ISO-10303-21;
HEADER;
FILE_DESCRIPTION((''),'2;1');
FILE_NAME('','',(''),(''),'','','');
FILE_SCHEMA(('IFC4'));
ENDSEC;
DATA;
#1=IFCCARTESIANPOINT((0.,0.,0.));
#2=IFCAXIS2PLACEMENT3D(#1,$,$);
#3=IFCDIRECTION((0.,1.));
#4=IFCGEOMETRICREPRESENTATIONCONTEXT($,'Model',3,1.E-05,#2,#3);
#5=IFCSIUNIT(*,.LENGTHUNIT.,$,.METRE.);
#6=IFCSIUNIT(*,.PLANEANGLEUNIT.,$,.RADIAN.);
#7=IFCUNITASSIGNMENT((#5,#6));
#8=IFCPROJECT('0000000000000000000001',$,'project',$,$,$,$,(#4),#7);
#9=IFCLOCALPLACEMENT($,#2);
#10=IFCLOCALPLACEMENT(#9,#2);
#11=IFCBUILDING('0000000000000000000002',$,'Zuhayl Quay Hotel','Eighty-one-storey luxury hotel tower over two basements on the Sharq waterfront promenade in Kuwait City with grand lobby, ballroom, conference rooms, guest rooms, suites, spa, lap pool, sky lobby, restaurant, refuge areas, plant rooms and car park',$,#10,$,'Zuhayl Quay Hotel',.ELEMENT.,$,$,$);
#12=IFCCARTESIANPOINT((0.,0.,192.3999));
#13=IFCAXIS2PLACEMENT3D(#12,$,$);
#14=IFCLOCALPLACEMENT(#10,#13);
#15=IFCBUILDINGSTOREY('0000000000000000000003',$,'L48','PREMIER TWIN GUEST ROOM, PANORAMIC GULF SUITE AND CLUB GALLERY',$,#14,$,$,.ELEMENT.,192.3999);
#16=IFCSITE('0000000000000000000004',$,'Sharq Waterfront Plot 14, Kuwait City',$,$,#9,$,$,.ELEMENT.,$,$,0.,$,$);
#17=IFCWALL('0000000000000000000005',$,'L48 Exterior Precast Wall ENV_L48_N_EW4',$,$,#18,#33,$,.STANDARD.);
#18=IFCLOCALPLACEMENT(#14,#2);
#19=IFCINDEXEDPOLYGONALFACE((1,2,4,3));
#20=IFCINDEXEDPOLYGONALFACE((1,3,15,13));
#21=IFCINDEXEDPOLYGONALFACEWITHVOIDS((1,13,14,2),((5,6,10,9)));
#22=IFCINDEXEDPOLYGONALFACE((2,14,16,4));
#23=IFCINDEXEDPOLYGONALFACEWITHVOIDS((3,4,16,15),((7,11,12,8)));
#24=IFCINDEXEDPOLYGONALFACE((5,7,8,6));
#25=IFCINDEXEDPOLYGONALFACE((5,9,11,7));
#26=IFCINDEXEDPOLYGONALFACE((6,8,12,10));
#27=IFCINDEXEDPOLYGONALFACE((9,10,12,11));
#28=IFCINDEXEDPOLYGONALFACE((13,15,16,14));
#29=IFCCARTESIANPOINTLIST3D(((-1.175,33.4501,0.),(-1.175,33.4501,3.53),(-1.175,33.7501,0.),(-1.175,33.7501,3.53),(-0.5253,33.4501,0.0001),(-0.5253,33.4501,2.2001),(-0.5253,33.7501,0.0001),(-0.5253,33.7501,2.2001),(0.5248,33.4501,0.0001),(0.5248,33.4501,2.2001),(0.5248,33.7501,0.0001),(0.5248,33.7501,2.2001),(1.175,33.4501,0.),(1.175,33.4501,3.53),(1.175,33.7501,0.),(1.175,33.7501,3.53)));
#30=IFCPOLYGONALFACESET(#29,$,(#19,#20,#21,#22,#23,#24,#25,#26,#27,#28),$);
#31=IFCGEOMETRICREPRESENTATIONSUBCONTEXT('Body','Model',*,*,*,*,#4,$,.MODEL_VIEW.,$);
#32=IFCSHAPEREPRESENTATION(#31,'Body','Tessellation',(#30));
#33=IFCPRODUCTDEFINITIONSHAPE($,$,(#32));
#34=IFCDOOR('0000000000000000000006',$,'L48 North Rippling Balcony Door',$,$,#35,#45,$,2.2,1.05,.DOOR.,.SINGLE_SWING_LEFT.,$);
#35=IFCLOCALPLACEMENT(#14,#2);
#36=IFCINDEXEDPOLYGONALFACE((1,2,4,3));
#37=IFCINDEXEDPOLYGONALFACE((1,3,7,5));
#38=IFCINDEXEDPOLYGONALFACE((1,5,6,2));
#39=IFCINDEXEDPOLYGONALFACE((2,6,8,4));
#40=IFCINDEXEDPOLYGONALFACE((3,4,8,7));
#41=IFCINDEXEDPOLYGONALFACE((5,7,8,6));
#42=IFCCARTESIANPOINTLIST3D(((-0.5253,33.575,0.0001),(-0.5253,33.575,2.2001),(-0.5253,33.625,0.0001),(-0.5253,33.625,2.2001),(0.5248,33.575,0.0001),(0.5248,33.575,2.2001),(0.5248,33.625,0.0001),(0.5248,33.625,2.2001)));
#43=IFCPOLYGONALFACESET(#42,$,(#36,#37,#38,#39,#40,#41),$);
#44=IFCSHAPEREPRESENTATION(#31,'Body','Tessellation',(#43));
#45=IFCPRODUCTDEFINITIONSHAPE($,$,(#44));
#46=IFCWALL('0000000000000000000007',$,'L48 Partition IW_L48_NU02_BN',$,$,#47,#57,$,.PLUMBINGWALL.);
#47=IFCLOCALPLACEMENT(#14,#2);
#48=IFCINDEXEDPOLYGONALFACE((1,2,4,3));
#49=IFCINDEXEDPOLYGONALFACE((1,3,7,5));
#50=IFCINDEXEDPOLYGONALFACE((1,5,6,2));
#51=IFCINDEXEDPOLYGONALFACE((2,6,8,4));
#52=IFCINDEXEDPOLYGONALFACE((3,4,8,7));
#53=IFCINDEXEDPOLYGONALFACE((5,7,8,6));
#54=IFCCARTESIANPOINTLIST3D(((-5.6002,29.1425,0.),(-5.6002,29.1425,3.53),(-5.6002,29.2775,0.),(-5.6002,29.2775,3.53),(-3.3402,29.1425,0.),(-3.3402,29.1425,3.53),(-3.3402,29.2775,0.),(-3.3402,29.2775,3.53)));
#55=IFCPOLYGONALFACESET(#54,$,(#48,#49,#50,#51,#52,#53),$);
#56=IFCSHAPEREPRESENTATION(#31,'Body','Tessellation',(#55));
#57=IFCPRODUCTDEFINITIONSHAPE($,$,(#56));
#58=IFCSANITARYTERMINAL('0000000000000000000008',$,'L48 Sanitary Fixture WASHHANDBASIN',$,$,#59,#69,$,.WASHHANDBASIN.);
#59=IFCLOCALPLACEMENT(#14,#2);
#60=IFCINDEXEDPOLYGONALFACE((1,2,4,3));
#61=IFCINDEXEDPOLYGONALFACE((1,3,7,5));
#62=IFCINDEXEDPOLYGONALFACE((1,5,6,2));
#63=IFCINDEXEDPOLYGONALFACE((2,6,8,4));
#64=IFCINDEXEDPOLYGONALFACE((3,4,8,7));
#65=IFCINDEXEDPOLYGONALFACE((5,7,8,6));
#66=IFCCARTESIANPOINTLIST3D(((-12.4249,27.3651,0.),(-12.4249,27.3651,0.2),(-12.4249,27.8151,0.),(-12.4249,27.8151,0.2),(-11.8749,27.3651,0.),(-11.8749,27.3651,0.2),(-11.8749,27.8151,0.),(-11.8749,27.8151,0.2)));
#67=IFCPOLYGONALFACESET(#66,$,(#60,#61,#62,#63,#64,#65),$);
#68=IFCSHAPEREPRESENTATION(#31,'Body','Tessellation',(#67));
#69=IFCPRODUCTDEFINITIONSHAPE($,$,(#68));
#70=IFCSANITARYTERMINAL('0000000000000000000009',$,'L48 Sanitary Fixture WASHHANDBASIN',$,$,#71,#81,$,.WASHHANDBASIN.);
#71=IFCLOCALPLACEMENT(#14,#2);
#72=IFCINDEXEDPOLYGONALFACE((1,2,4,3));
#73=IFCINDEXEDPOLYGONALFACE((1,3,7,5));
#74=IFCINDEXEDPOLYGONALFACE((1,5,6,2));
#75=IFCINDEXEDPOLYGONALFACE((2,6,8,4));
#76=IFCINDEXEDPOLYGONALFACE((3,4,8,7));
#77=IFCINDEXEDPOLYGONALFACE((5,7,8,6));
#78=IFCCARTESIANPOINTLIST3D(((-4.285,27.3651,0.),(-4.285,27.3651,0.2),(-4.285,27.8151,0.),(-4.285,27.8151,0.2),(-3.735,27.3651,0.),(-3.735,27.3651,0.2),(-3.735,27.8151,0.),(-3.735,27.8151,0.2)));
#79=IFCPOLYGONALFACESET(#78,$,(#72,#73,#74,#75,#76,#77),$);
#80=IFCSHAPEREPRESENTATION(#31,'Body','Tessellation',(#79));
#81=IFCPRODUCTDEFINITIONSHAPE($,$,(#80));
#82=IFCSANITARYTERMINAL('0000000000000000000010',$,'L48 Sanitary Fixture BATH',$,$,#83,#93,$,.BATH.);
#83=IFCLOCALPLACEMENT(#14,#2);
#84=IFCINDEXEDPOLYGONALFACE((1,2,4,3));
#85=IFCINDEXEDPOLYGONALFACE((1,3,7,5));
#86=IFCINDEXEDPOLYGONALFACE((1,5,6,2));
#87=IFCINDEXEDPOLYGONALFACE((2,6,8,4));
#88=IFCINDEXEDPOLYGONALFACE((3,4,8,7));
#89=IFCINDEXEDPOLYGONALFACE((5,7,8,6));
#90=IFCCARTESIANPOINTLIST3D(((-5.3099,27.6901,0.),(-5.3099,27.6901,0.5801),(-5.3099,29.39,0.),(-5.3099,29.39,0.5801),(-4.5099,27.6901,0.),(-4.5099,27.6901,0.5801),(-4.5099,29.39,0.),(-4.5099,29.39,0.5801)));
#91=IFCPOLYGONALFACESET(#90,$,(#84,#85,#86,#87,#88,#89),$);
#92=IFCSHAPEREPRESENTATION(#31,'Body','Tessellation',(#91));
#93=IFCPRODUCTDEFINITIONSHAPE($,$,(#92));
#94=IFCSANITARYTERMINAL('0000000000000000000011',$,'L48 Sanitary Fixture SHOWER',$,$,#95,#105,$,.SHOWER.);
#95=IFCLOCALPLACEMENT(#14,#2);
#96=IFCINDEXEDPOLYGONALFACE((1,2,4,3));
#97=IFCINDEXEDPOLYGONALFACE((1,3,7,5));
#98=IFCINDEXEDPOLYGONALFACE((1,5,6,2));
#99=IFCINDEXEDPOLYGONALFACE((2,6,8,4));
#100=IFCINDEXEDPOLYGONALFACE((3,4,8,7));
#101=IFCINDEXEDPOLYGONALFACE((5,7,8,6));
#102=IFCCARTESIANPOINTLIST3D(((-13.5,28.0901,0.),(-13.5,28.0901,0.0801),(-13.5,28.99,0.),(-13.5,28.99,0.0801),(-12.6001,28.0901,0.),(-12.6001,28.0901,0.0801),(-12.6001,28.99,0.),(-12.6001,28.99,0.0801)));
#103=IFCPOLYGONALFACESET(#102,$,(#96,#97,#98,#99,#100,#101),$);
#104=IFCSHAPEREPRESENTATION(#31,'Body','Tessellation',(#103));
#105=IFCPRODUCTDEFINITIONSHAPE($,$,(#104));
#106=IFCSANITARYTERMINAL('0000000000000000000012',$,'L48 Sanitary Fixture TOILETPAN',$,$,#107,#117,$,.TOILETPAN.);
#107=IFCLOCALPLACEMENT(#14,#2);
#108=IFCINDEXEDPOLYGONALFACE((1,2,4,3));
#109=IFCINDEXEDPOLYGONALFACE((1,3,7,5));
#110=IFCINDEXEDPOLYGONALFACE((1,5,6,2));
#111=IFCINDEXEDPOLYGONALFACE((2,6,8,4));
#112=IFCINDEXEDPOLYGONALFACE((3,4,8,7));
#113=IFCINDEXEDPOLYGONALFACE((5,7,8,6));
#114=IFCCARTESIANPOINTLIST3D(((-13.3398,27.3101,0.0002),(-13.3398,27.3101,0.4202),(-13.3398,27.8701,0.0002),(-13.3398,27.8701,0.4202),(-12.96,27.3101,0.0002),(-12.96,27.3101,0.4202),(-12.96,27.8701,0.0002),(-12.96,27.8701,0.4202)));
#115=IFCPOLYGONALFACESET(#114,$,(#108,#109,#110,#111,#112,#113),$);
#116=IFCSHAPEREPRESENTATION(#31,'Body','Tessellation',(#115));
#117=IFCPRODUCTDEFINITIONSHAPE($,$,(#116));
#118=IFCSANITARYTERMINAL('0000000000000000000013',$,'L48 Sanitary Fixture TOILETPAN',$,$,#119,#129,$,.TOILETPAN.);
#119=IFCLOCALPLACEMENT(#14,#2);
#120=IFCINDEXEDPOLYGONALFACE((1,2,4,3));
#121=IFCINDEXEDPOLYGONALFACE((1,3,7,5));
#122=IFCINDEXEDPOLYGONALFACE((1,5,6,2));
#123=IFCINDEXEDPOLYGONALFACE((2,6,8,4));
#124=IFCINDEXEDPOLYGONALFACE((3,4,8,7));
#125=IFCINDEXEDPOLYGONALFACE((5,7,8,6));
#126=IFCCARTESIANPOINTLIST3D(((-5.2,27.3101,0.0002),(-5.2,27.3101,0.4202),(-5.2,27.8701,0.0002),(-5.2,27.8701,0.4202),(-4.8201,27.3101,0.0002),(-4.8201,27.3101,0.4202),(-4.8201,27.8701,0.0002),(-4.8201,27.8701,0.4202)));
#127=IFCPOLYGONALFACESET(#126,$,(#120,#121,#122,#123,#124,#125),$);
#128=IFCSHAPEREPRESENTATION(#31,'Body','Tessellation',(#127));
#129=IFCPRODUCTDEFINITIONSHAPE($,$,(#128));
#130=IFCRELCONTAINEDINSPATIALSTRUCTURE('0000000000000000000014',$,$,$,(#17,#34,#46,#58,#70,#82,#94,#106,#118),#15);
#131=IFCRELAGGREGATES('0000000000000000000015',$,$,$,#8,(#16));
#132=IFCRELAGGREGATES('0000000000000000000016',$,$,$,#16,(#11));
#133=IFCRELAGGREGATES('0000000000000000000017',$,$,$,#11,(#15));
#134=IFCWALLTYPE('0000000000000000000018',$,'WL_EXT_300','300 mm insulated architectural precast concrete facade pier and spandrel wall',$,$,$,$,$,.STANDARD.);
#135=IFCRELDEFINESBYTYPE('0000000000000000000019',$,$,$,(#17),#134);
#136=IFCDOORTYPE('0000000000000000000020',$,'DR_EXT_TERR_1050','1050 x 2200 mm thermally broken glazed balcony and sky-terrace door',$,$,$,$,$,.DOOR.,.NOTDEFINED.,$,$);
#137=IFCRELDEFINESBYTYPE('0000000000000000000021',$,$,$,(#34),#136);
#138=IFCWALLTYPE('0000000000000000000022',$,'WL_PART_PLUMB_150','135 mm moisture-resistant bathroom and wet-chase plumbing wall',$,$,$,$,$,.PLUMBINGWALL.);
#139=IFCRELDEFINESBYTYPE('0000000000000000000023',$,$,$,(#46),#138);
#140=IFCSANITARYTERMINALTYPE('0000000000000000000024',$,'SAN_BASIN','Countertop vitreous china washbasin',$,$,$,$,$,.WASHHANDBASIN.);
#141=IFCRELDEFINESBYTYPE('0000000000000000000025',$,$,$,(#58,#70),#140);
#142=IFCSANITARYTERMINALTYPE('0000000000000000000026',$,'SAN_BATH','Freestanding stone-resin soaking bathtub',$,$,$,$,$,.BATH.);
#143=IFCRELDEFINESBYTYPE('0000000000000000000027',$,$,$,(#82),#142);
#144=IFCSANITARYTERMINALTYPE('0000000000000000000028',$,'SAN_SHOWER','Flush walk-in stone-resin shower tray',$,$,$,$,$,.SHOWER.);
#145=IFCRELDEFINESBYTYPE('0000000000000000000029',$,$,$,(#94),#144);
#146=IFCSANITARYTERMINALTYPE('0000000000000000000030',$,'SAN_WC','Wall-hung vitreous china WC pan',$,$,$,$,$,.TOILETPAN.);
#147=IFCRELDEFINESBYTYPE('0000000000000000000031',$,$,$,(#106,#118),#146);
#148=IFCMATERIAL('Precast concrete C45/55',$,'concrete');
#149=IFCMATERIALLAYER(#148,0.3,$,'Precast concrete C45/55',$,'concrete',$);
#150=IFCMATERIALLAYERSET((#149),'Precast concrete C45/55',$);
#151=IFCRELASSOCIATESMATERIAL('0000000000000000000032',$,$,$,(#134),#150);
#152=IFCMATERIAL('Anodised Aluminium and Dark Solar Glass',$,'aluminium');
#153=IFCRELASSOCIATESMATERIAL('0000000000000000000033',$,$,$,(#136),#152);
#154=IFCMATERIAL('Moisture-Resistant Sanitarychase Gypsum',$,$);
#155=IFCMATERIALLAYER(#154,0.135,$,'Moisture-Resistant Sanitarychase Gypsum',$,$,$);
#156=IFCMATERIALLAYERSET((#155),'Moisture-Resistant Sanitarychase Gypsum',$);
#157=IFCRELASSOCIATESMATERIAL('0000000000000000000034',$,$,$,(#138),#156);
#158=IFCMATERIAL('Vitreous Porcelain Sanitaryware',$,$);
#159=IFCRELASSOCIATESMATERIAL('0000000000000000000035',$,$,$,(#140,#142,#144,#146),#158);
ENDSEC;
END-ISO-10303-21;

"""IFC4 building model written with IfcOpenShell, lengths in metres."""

from ifc_helpers import new_model, si_unit, direction, frame, frame_2d, origin, origin_2d, place, context, subcontext, project, spatial, rectangle, extrude, material, layer, layer_set, type_object, element, fill, save


model = new_model("IFC4")

# Units and contexts
model_context = context("Model", 3, precision=1e-05, world=origin(), true_north=direction((0.0, 1.0)))
body_context = subcontext(model_context, "Body", "Model", "MODEL_VIEW")
ifc_project = project(units=[si_unit("LENGTHUNIT", "METRE"), si_unit("PLANEANGLEUNIT", "RADIAN")], contexts=[model_context])

# Site, building, storey
site_placement = place(None, origin())
site = spatial("IfcSite", under=ifc_project, at=site_placement, Name="Sharq Waterfront Plot 14, Kuwait City", CompositionType="ELEMENT", RefElevation=0.0)
building_placement = place(site_placement, origin())
building = spatial("IfcBuilding", under=site, at=building_placement, Name="Zuhayl Quay Hotel", Description="Eighty-one-storey luxury hotel tower over two basements on the Sharq waterfront promenade in Kuwait City with grand lobby, ballroom, conference rooms, guest rooms, suites, spa, lap pool, sky lobby, restaurant, refuge areas, plant rooms and car park", LongName="Zuhayl Quay Hotel", CompositionType="ELEMENT")
storey_placement = place(building_placement, frame((0.0, 0.0, 192.3999)))
storey = spatial("IfcBuildingStorey", under=building, at=storey_placement, Name="L48", Description="PREMIER TWIN GUEST ROOM, PANORAMIC GULF SUITE AND CLUB GALLERY", CompositionType="ELEMENT", Elevation=192.3999)

# Shared definitions
ifc_material_1 = material(Name="Precast concrete C45/55", Category="concrete")
ifc_layer_1 = layer(ifc_material_1, 0.3, Name="Precast concrete C45/55", Category="concrete")
ifc_layer_set_1 = layer_set([ifc_layer_1], Name="Precast concrete C45/55")
wall_type_1 = type_object("IfcWallType", Name="WL_EXT_300", Description="300 mm insulated architectural precast concrete facade pier and spandrel wall", PredefinedType="STANDARD", material=ifc_layer_set_1)

# Wall, opening, door
wall_1_placement = place(storey_placement, frame((-1.175, 33.6001, 0.0), z_axis=(0.0, 0.0, 1.0), x_axis=(1.0, 0.0, 0.0)))
wall_1 = element("IfcWall", 1, at=wall_1_placement, inside=storey, type_object=wall_type_1, Name="L48 Exterior Precast Wall ENV_L48_N_EW4", PredefinedType="STANDARD", context=body_context, shape_type="SweptSolid", body=[
    extrude(rectangle(XDim=2.3501, YDim=0.3, at=frame_2d((1.175, 0.0))), origin(), (0.0, 0.0, 1.0), 3.53),
])
opening_1_placement = place(wall_1_placement, frame((0.6499, 0.0, 0.0)))
opening_1 = element("IfcOpeningElement", 2, at=opening_1_placement, cuts=wall_1, PredefinedType="OPENING", context=body_context, shape_type="SweptSolid", body=[
    extrude(rectangle(XDim=1.05, YDim=2.2, at=frame_2d((0.5249, 1.1001))), frame((0.0, 0.1599, 0.0), z_axis=(0.0, -1.0, 0.0), x_axis=(1.0, 0.0, 0.0)), (0.0, 0.0, 1.0), 0.3201),
])
ifc_material_2 = material(Name="Anodised Aluminium and Dark Solar Glass", Category="aluminium")
door_type = type_object("IfcDoorType", Name="DR_EXT_TERR_1050", Description="1050 x 2200 mm thermally broken glazed balcony and sky-terrace door", OperationType="NOTDEFINED", PredefinedType="DOOR", material=ifc_material_2)
door_placement = place(opening_1_placement, origin())
door = element("IfcDoor", 3, at=door_placement, inside=storey, type_object=door_type, Name="L48 North Rippling Balcony Door", OperationType="SINGLE_SWING_LEFT", OverallHeight=2.2, OverallWidth=1.05, PredefinedType="DOOR", context=body_context, shape_type="SweptSolid", body=[
    extrude(rectangle(XDim=1.05, YDim=2.2, at=frame_2d((0.5249, 1.1001))), frame((0.0, 0.0249, 0.0), z_axis=(0.0, -1.0, 0.0), x_axis=(1.0, 0.0, 0.0)), (0.0, 0.0, 1.0), 0.05),
])
fill(opening_1, door)

# Wall
ifc_material_3 = material(Name="Moisture-Resistant Sanitarychase Gypsum")
ifc_layer_2 = layer(ifc_material_3, 0.135, Name="Moisture-Resistant Sanitarychase Gypsum")
ifc_layer_set_2 = layer_set([ifc_layer_2], Name="Moisture-Resistant Sanitarychase Gypsum")
wall_type_2 = type_object("IfcWallType", Name="WL_PART_PLUMB_150", Description="135 mm moisture-resistant bathroom and wet-chase plumbing wall", PredefinedType="PLUMBINGWALL", material=ifc_layer_set_2)
wall_2_placement = place(storey_placement, frame((-5.6001, 29.21, 0.0), z_axis=(0.0, 0.0, 1.0), x_axis=(1.0, 0.0, 0.0)))
element("IfcWall", 4, at=wall_2_placement, inside=storey, type_object=wall_type_2, Name="L48 Partition IW_L48_NU02_BN", PredefinedType="PLUMBINGWALL", context=body_context, shape_type="SweptSolid", body=[
    extrude(rectangle(XDim=2.26, YDim=0.135, at=frame_2d((1.1299, 0.0))), origin(), (0.0, 0.0, 1.0), 3.53),
])

# Sanitary terminals
ifc_material_4 = material(Name="Vitreous Porcelain Sanitaryware")
sanitary_terminal_type_1 = type_object("IfcSanitaryTerminalType", Name="SAN_BASIN", Description="Countertop vitreous china washbasin", PredefinedType="WASHHANDBASIN", material=ifc_material_4)
for number, where, z_axis, x_axis, name in (
    (5, (-12.1499, 27.5901, 0.0), (0.0, 0.0, 1.0), (1.0, 0.0, 0.0), "L48 Sanitary Fixture WASHHANDBASIN"),
    (6, (-4.01, 27.5901, 0.0), (0.0, 0.0, 1.0), (1.0, 0.0, 0.0), "L48 Sanitary Fixture WASHHANDBASIN"),
):
    element("IfcSanitaryTerminal", number, at=place(storey_placement, frame(where, z_axis=z_axis, x_axis=x_axis)), inside=storey, type_object=sanitary_terminal_type_1, Name=name, PredefinedType="WASHHANDBASIN", context=body_context, shape_type="SweptSolid", body=[
        extrude(rectangle(XDim=0.55, YDim=0.45, at=origin_2d()), origin(), (0.0, 0.0, 1.0), 0.2),
    ])
sanitary_terminal_type_2 = type_object("IfcSanitaryTerminalType", Name="SAN_BATH", Description="Freestanding stone-resin soaking bathtub", PredefinedType="BATH", material=ifc_material_4)
sanitary_terminal_1_placement = place(storey_placement, frame((-4.9099, 28.54, 0.0), z_axis=(0.0, 0.0, 1.0), x_axis=(1.0, 0.0, 0.0)))
element("IfcSanitaryTerminal", 7, at=sanitary_terminal_1_placement, inside=storey, type_object=sanitary_terminal_type_2, Name="L48 Sanitary Fixture BATH", PredefinedType="BATH", context=body_context, shape_type="SweptSolid", body=[
    extrude(rectangle(XDim=0.8, YDim=1.7, at=origin_2d()), origin(), (0.0, 0.0, 1.0), 0.5801),
])
sanitary_terminal_type_3 = type_object("IfcSanitaryTerminalType", Name="SAN_SHOWER", Description="Flush walk-in stone-resin shower tray", PredefinedType="SHOWER", material=ifc_material_4)
sanitary_terminal_2_placement = place(storey_placement, frame((-13.05, 28.54, 0.0), z_axis=(0.0, 0.0, 1.0), x_axis=(1.0, 0.0, 0.0)))
element("IfcSanitaryTerminal", 8, at=sanitary_terminal_2_placement, inside=storey, type_object=sanitary_terminal_type_3, Name="L48 Sanitary Fixture SHOWER", PredefinedType="SHOWER", context=body_context, shape_type="SweptSolid", body=[
    extrude(rectangle(XDim=0.8999, YDim=0.8999, at=origin_2d()), origin(), (0.0, 0.0, 1.0), 0.0801),
])
sanitary_terminal_type_4 = type_object("IfcSanitaryTerminalType", Name="SAN_WC", Description="Wall-hung vitreous china WC pan", PredefinedType="TOILETPAN", material=ifc_material_4)
for number, where, z_axis, x_axis, name in (
    (9, (-13.1499, 27.5901, 0.0002), (0.0, 0.0, 1.0), (1.0, 0.0, 0.0), "L48 Sanitary Fixture TOILETPAN"),
    (10, (-5.01, 27.5901, 0.0002), (0.0, 0.0, 1.0), (1.0, 0.0, 0.0), "L48 Sanitary Fixture TOILETPAN"),
):
    element("IfcSanitaryTerminal", number, at=place(storey_placement, frame(where, z_axis=z_axis, x_axis=x_axis)), inside=storey, type_object=sanitary_terminal_type_4, Name=name, PredefinedType="TOILETPAN", context=body_context, shape_type="SweptSolid", body=[
        extrude(rectangle(XDim=0.3799, YDim=0.5601, at=origin_2d()), origin(), (0.0, 0.0, 1.0), 0.4199),
    ])

save(model, "model.ifc")
